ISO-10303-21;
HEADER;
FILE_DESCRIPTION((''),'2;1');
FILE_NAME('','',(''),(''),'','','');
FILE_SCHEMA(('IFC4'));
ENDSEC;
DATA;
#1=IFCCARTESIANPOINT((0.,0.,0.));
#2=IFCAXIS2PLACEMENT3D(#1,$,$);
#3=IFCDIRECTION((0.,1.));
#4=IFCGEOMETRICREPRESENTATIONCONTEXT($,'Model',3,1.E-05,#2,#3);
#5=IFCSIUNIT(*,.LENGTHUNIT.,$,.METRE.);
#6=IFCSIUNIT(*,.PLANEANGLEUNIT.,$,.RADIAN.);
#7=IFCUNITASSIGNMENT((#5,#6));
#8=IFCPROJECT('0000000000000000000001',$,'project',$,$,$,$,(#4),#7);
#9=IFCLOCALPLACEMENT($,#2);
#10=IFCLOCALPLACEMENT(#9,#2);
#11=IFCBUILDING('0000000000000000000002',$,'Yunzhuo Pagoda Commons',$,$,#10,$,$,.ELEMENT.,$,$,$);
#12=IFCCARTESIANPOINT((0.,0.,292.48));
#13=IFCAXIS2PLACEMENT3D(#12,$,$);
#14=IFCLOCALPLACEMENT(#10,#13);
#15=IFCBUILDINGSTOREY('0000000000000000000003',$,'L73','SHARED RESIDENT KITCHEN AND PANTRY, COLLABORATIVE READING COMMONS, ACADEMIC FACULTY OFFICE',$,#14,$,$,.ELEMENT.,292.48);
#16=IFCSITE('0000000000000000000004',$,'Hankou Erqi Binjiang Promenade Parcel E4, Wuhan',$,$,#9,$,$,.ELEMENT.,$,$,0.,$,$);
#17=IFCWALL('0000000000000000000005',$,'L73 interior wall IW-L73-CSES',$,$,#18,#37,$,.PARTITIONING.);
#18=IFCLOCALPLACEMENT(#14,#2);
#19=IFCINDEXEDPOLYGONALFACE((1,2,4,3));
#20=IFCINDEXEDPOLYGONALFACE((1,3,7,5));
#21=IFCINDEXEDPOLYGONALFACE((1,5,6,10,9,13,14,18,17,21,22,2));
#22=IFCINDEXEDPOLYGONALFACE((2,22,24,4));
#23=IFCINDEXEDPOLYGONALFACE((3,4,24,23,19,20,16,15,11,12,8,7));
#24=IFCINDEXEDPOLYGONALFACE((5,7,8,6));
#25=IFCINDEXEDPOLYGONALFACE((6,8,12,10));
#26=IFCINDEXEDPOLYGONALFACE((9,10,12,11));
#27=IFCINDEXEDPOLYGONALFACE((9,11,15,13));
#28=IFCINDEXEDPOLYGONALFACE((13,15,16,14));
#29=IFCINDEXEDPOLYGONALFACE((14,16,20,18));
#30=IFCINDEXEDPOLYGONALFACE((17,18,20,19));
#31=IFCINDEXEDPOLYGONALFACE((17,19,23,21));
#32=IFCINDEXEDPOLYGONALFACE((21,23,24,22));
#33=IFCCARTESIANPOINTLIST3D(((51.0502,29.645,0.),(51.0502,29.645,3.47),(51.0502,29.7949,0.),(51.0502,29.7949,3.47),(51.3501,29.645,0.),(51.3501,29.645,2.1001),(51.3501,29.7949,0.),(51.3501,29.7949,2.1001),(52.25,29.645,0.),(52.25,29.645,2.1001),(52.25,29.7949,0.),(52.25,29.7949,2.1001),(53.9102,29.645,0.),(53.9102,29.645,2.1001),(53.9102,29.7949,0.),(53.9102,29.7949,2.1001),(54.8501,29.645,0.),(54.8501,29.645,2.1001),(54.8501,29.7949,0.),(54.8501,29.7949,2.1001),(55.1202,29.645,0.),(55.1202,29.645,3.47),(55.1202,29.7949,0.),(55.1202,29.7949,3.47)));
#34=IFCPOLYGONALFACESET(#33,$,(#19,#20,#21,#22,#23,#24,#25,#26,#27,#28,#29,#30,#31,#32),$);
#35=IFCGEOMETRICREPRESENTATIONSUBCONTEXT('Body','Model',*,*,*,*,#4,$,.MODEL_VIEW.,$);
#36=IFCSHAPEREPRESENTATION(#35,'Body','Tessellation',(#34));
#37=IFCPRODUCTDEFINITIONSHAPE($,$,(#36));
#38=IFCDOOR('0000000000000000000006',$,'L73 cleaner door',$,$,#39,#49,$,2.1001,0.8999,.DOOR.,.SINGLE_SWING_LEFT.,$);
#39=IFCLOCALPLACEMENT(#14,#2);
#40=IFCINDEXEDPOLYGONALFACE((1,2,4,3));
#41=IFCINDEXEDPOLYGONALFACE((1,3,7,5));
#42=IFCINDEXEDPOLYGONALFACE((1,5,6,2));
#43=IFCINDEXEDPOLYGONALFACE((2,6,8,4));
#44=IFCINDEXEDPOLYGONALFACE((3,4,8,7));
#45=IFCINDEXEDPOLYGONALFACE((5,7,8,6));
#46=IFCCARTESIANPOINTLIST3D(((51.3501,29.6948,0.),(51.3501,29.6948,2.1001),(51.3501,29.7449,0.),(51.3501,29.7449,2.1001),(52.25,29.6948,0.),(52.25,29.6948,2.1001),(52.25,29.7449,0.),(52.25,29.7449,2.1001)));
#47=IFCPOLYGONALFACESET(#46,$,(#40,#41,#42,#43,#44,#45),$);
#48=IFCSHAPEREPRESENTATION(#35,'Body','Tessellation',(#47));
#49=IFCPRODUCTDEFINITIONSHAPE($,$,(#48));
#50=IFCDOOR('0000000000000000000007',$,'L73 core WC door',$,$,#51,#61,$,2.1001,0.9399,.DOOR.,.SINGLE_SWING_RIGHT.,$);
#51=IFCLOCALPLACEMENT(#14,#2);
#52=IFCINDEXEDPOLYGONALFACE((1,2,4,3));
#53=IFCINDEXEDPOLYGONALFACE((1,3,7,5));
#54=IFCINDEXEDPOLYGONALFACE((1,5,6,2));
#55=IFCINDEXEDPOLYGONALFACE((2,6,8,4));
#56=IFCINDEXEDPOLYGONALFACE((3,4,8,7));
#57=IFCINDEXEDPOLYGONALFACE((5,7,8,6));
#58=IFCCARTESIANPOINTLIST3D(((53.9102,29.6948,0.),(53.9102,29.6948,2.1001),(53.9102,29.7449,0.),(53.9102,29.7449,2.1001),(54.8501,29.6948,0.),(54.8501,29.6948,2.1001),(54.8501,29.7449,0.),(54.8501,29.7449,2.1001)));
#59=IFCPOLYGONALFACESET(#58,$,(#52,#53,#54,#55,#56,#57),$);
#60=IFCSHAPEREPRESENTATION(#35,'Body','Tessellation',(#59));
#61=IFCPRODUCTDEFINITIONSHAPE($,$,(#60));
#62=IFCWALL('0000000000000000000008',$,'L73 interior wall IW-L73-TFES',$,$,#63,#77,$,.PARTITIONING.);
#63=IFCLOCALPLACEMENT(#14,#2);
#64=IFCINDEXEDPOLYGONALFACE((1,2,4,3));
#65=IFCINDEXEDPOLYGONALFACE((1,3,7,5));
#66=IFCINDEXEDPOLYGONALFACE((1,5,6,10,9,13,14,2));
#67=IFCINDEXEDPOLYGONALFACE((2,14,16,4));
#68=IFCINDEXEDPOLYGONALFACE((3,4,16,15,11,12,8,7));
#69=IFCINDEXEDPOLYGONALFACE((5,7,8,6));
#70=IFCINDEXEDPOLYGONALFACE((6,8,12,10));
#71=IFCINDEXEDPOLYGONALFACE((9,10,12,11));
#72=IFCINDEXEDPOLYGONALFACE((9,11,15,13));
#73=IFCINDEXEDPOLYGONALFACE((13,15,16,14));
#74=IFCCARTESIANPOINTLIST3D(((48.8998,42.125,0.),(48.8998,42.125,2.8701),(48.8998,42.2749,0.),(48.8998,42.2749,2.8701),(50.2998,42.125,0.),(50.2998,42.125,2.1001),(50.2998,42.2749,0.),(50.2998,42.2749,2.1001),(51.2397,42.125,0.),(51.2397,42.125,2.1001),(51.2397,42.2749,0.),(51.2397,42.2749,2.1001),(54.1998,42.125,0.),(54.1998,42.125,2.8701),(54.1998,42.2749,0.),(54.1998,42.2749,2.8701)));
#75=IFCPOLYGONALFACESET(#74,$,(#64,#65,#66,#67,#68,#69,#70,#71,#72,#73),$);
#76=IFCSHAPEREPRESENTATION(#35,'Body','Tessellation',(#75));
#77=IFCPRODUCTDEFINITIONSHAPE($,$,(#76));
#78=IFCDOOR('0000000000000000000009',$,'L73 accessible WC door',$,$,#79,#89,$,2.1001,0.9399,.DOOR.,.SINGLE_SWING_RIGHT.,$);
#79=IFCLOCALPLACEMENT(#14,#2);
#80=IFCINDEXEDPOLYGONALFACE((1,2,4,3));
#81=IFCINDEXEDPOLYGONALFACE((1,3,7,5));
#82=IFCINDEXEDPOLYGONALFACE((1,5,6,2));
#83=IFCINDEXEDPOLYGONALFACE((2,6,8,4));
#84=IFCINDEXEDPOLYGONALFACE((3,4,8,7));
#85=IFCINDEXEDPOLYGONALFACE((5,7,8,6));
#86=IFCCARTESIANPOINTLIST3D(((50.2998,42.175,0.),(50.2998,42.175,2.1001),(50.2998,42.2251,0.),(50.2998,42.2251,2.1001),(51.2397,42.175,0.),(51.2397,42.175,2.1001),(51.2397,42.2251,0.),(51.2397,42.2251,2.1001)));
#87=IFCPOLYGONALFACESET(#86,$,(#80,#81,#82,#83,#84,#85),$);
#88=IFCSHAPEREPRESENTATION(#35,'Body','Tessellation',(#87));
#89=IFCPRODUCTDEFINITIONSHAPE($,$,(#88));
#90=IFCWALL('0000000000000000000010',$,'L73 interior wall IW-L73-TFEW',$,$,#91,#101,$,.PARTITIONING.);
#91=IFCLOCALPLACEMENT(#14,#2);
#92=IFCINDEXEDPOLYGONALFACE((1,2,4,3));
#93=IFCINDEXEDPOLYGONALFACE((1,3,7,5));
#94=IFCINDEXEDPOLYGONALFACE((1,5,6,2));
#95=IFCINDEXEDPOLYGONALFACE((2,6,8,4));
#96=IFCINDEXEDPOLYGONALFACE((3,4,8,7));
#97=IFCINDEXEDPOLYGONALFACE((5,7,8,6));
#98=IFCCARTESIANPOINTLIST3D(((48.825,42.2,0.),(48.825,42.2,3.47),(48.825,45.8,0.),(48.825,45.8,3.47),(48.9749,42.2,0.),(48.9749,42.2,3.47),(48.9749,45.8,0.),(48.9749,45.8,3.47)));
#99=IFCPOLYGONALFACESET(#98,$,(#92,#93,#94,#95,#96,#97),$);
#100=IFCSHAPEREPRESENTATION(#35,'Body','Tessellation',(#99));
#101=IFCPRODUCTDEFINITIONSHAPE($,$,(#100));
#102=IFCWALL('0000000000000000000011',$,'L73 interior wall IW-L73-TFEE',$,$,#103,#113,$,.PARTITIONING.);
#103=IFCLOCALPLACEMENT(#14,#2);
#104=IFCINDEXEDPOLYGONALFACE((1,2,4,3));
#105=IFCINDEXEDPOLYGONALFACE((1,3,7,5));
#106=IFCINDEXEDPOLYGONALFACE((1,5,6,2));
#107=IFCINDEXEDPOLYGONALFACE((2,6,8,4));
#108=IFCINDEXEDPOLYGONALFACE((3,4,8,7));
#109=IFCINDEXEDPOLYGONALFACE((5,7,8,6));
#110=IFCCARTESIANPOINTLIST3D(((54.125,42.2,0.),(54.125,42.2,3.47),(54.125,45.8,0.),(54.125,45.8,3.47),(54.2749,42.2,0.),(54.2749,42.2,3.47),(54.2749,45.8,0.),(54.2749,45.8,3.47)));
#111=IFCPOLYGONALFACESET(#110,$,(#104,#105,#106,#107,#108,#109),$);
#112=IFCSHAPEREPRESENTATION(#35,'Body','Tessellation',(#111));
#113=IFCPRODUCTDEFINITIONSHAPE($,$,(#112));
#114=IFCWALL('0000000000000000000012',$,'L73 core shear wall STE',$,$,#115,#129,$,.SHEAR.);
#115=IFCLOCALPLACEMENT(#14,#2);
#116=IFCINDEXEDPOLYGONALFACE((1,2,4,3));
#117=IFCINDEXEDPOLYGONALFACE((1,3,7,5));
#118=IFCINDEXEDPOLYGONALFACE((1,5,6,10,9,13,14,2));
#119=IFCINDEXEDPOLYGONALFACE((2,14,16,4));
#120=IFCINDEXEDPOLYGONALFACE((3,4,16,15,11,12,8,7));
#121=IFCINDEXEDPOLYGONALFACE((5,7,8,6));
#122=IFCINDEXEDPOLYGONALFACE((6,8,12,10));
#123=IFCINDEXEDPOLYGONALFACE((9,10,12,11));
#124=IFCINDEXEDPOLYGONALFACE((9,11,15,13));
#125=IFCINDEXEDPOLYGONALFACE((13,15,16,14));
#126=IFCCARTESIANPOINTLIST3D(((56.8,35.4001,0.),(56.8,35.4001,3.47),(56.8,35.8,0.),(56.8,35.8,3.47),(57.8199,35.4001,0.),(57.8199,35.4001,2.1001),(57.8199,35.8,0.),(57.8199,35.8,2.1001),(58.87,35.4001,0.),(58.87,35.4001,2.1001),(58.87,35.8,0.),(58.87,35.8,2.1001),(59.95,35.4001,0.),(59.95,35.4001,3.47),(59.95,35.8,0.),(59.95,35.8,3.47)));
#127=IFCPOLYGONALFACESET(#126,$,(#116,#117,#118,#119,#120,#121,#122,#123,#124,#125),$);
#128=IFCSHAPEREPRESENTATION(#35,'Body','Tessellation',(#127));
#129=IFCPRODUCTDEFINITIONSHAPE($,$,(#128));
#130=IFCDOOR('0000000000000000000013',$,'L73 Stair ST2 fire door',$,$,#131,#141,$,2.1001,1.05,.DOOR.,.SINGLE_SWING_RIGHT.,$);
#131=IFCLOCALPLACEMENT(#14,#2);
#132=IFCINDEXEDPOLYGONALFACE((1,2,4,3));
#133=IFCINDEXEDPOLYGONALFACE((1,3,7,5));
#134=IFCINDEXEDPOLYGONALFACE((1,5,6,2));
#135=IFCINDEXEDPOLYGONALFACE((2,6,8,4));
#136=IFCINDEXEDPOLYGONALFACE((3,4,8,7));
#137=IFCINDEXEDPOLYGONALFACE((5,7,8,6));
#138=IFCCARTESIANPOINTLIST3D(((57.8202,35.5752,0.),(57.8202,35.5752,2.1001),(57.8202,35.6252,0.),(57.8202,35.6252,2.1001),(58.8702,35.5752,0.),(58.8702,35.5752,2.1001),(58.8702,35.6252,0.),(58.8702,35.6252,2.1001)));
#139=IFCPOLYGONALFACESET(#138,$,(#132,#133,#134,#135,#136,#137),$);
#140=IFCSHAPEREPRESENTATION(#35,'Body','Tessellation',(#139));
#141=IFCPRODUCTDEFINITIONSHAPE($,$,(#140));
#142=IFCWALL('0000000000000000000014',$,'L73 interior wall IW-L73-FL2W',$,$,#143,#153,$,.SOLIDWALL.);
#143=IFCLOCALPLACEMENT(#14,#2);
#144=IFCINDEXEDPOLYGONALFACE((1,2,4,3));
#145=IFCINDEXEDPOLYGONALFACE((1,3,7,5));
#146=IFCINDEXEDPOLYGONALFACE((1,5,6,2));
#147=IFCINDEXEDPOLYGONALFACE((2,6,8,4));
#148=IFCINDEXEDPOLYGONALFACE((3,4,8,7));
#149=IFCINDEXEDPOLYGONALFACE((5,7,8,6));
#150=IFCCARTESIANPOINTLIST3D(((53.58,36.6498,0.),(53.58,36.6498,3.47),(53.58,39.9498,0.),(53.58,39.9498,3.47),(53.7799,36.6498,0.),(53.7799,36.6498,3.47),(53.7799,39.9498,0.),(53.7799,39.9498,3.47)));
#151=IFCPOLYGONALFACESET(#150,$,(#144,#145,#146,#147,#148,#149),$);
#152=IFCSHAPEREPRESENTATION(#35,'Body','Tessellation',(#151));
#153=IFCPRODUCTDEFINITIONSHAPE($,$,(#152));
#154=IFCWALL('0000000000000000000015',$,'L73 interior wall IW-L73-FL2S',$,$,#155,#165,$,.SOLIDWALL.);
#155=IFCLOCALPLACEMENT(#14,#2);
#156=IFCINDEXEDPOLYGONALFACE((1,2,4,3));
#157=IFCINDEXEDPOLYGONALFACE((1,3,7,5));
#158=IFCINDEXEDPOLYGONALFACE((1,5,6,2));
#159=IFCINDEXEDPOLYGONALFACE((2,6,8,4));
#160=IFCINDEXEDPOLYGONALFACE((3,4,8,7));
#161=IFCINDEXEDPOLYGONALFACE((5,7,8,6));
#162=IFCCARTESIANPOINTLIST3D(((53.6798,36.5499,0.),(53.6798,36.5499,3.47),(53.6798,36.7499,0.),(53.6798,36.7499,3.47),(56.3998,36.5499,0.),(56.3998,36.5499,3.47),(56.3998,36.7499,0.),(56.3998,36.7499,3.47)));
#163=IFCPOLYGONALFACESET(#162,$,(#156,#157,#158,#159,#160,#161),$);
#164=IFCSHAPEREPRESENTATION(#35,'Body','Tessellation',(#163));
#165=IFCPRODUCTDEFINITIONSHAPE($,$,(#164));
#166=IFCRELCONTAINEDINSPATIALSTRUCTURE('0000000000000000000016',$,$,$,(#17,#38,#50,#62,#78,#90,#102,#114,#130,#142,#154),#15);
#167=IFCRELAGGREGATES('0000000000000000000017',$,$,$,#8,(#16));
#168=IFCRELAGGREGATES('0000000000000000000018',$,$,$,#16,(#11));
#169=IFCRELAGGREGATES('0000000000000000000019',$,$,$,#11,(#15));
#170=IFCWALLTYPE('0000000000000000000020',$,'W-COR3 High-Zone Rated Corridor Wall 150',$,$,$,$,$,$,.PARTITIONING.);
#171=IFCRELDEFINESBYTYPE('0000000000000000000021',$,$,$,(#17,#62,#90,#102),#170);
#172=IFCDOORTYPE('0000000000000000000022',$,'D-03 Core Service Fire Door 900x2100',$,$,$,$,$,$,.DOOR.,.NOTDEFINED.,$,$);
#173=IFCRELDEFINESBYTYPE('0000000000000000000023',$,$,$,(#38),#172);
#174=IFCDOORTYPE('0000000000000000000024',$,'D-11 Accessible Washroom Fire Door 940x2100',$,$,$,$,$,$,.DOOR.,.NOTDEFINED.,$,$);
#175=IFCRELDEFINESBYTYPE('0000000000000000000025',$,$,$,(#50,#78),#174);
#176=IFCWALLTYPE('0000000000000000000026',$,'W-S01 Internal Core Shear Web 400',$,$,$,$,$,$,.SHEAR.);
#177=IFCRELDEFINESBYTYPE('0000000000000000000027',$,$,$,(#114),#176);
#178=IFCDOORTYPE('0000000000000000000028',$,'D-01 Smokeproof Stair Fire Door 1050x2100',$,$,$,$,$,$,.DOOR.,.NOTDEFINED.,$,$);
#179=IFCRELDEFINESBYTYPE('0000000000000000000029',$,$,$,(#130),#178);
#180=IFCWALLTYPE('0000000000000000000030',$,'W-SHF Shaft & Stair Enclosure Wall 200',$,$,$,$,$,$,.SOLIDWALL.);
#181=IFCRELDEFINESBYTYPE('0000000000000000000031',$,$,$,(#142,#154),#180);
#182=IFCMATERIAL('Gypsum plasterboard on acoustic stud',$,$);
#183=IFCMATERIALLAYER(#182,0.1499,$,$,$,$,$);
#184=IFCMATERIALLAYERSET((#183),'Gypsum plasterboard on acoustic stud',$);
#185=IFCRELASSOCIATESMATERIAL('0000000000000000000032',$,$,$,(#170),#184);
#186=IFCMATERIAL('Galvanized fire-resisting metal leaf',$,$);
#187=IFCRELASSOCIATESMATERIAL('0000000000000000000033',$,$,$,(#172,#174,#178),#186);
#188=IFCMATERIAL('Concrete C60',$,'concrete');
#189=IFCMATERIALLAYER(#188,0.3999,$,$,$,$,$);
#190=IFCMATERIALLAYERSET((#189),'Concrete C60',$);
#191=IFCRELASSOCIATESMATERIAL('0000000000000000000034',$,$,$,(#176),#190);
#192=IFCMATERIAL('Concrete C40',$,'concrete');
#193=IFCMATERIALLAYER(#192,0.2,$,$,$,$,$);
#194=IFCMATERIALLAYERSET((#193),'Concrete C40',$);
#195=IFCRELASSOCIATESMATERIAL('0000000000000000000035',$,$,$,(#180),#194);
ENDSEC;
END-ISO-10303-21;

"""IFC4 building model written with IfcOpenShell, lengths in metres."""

from ifc_helpers import new_model, si_unit, direction, frame, frame_2d, origin, origin_with_axes, place, context, subcontext, project, spatial, rectangle, extrude, source, transform, mapped, material, layer, layer_set, type_object, element, fill, save


model = new_model("IFC4")

# Units and contexts
model_context = context("Model", 3, precision=1e-05, world=origin(), true_north=direction((0.0, 1.0)))
body_context = subcontext(model_context, "Body", "Model", "MODEL_VIEW")
ifc_project = project(units=[si_unit("LENGTHUNIT", "METRE"), si_unit("PLANEANGLEUNIT", "RADIAN")], contexts=[model_context])

# Site, building, storey
site_placement = place(None, origin())
site = spatial("IfcSite", under=ifc_project, at=site_placement, Name="Hankou Erqi Binjiang Promenade Parcel E4, Wuhan", CompositionType="ELEMENT", RefElevation=0.0)
building_placement = place(site_placement, origin())
building = spatial("IfcBuilding", under=site, at=building_placement, Name="Yunzhuo Pagoda Commons", CompositionType="ELEMENT")
storey_placement = place(building_placement, frame((0.0, 0.0, 292.48)))
storey = spatial("IfcBuildingStorey", under=building, at=storey_placement, Name="L73", Description="SHARED RESIDENT KITCHEN AND PANTRY, COLLABORATIVE READING COMMONS, ACADEMIC FACULTY OFFICE", CompositionType="ELEMENT", Elevation=292.48)

# Shared definitions
ifc_material_1 = material(Name="Galvanized fire-resisting metal leaf")
shared_shape_1 = source(origin(), body_context, "Body", "SweptSolid", [
    extrude(rectangle(XDim=1.05, YDim=2.1001, at=frame_2d((0.5249, 1.05))), frame((0.0, 0.0249, 0.0), z_axis=(0.0, -1.0, 0.0), x_axis=(1.0, 0.0, 0.0)), (0.0, 0.0, 1.0), 0.05),
])

# Shared definitions
ifc_material_2 = material(Name="Gypsum plasterboard on acoustic stud")
ifc_layer_1 = layer(ifc_material_2, 0.1499)
ifc_layer_set_1 = layer_set([ifc_layer_1], Name="Gypsum plasterboard on acoustic stud")
wall_type_1 = type_object("IfcWallType", Name="W-COR3 High-Zone Rated Corridor Wall 150", PredefinedType="PARTITIONING", material=ifc_layer_set_1)

# Wall, openings, doors
wall_1_placement = place(storey_placement, frame((51.05, 29.72, 0.0), z_axis=(0.0, 0.0, 1.0), x_axis=(1.0, 0.0, 0.0)))
wall_1 = element("IfcWall", 1, at=wall_1_placement, inside=storey, type_object=wall_type_1, Name="L73 interior wall IW-L73-CSES", PredefinedType="PARTITIONING", context=body_context, shape_type="SweptSolid", body=[
    extrude(rectangle(XDim=4.0701, YDim=0.1499, at=frame_2d((2.0352, 0.0))), origin(), (0.0, 0.0, 1.0), 3.47),
])
opening_1_placement = place(wall_1_placement, frame((0.3, 0.0, 0.0)))
opening_1 = element("IfcOpeningElement", 2, at=opening_1_placement, cuts=wall_1, PredefinedType="OPENING", context=body_context, shape_type="SweptSolid", body=[
    extrude(rectangle(XDim=0.8999, YDim=2.1001, at=frame_2d((0.45, 1.05))), frame((0.0, 0.085, 0.0), z_axis=(0.0, -1.0, 0.0), x_axis=(1.0, 0.0, 0.0)), (0.0, 0.0, 1.0), 0.1699),
])
opening_2_placement = place(wall_1_placement, frame((2.8601, 0.0, 0.0)))
opening_2 = element("IfcOpeningElement", 3, at=opening_2_placement, cuts=wall_1, PredefinedType="OPENING", context=body_context, shape_type="SweptSolid", body=[
    extrude(rectangle(XDim=0.9399, YDim=2.1001, at=frame_2d((0.47, 1.05))), frame((0.0, 0.085, 0.0), z_axis=(0.0, -1.0, 0.0), x_axis=(1.0, 0.0, 0.0)), (0.0, 0.0, 1.0), 0.1699),
])
door_type_1 = type_object("IfcDoorType", Name="D-03 Core Service Fire Door 900x2100", OperationType="NOTDEFINED", PredefinedType="DOOR", material=ifc_material_1)
shared_shape_2 = source(origin(), body_context, "Body", "SweptSolid", [
    extrude(rectangle(XDim=0.8999, YDim=2.1001, at=frame_2d((0.45, 1.05))), frame((0.0, 0.0249, 0.0), z_axis=(0.0, -1.0, 0.0), x_axis=(1.0, 0.0, 0.0)), (0.0, 0.0, 1.0), 0.05),
])
door_1_placement = place(opening_1_placement, origin_with_axes())
door_1 = element("IfcDoor", 4, at=door_1_placement, inside=storey, type_object=door_type_1, Name="L73 cleaner door", OperationType="SINGLE_SWING_LEFT", OverallHeight=2.1001, OverallWidth=0.8999, PredefinedType="DOOR", context=body_context, shape_type="MappedRepresentation", body=[
    mapped(shared_shape_2, transform((0.0, 0.0, 0.0), scale=1.0)),
])
fill(opening_1, door_1)
door_type_2 = type_object("IfcDoorType", Name="D-11 Accessible Washroom Fire Door 940x2100", OperationType="NOTDEFINED", PredefinedType="DOOR", material=ifc_material_1)
shared_shape_3 = source(origin(), body_context, "Body", "SweptSolid", [
    extrude(rectangle(XDim=0.9399, YDim=2.1001, at=frame_2d((0.47, 1.05))), frame((0.0, 0.0249, 0.0), z_axis=(0.0, -1.0, 0.0), x_axis=(1.0, 0.0, 0.0)), (0.0, 0.0, 1.0), 0.05),
])
door_2_placement = place(opening_2_placement, origin_with_axes())
door_2 = element("IfcDoor", 5, at=door_2_placement, inside=storey, type_object=door_type_2, Name="L73 core WC door", OperationType="SINGLE_SWING_RIGHT", OverallHeight=2.1001, OverallWidth=0.9399, PredefinedType="DOOR", context=body_context, shape_type="MappedRepresentation", body=[
    mapped(shared_shape_3, transform((0.0, 0.0, 0.0), scale=1.0)),
])
fill(opening_2, door_2)

# Wall, opening, door
wall_2_placement = place(storey_placement, frame((48.8999, 42.2, 0.0), z_axis=(0.0, 0.0, 1.0), x_axis=(1.0, 0.0, 0.0)))
wall_2 = element("IfcWall", 6, at=wall_2_placement, inside=storey, type_object=wall_type_1, Name="L73 interior wall IW-L73-TFES", PredefinedType="PARTITIONING", context=body_context, shape_type="SweptSolid", body=[
    extrude(rectangle(XDim=5.3, YDim=0.1499, at=frame_2d((2.6499, 0.0))), origin(), (0.0, 0.0, 1.0), 2.8701),
])
opening_3_placement = place(wall_2_placement, frame((1.3999, 0.0, 0.0)))
opening_3 = element("IfcOpeningElement", 7, at=opening_3_placement, cuts=wall_2, PredefinedType="OPENING", context=body_context, shape_type="SweptSolid", body=[
    extrude(rectangle(XDim=0.9399, YDim=2.1001, at=frame_2d((0.47, 1.05))), frame((0.0, 0.085, 0.0), z_axis=(0.0, -1.0, 0.0), x_axis=(1.0, 0.0, 0.0)), (0.0, 0.0, 1.0), 0.1699),
])
door_3_placement = place(opening_3_placement, frame((0.9399, 0.0, 0.0), z_axis=(0.0, 0.0, 1.0), x_axis=(-1.0, 0.0, 0.0)))
door_3 = element("IfcDoor", 8, at=door_3_placement, inside=storey, type_object=door_type_2, Name="L73 accessible WC door", OperationType="SINGLE_SWING_RIGHT", OverallHeight=2.1001, OverallWidth=0.9399, PredefinedType="DOOR", context=body_context, shape_type="MappedRepresentation", body=[
    mapped(shared_shape_3, transform((0.0, 0.0, 0.0), scale=1.0)),
])
fill(opening_3, door_3)

# Walls
for number, where, z_axis, x_axis, name in (
    (9, (48.8999, 42.2, 0.0), (0.0, 0.0, 1.0), (0.0, 1.0, 0.0), "L73 interior wall IW-L73-TFEW"),
    (10, (54.2, 42.2, 0.0), (0.0, 0.0, 1.0), (0.0, 1.0, 0.0), "L73 interior wall IW-L73-TFEE"),
):
    element("IfcWall", number, at=place(storey_placement, frame(where, z_axis=z_axis, x_axis=x_axis)), inside=storey, type_object=wall_type_1, Name=name, PredefinedType="PARTITIONING", context=body_context, shape_type="SweptSolid", body=[
        extrude(rectangle(XDim=3.6001, YDim=0.1499, at=frame_2d((1.8, 0.0))), origin(), (0.0, 0.0, 1.0), 3.47),
    ])

# Wall, opening, door
ifc_material_3 = material(Name="Concrete C60", Category="concrete")
ifc_layer_2 = layer(ifc_material_3, 0.3999)
ifc_layer_set_2 = layer_set([ifc_layer_2], Name="Concrete C60")
wall_type_2 = type_object("IfcWallType", Name="W-S01 Internal Core Shear Web 400", PredefinedType="SHEAR", material=ifc_layer_set_2)
wall_3_placement = place(storey_placement, frame((56.8, 35.6001, 0.0), z_axis=(0.0, 0.0, 1.0), x_axis=(1.0, 0.0, 0.0)))
wall_3 = element("IfcWall", 11, at=wall_3_placement, inside=storey, type_object=wall_type_2, Name="L73 core shear wall STE", PredefinedType="SHEAR", context=body_context, shape_type="SweptSolid", body=[
    extrude(rectangle(XDim=3.1499, YDim=0.3999, at=frame_2d((1.575, 0.0))), origin(), (0.0, 0.0, 1.0), 3.47),
])
opening_4_placement = place(wall_3_placement, frame((1.02, 0.0, 0.0)))
opening_4 = element("IfcOpeningElement", 12, at=opening_4_placement, cuts=wall_3, PredefinedType="OPENING", context=body_context, shape_type="SweptSolid", body=[
    extrude(rectangle(XDim=1.05, YDim=2.1001, at=frame_2d((0.5249, 1.05))), frame((0.0, 0.21, 0.0), z_axis=(0.0, -1.0, 0.0), x_axis=(1.0, 0.0, 0.0)), (0.0, 0.0, 1.0), 0.4199),
])
door_type_3 = type_object("IfcDoorType", Name="D-01 Smokeproof Stair Fire Door 1050x2100", OperationType="NOTDEFINED", PredefinedType="DOOR", material=ifc_material_1)
door_4_placement = place(opening_4_placement, frame((1.05, 0.0, 0.0), z_axis=(0.0, 0.0, 1.0), x_axis=(-1.0, 0.0, 0.0)))
door_4 = element("IfcDoor", 13, at=door_4_placement, inside=storey, type_object=door_type_3, Name="L73 Stair ST2 fire door", OperationType="SINGLE_SWING_RIGHT", OverallHeight=2.1001, OverallWidth=1.05, PredefinedType="DOOR", context=body_context, shape_type="MappedRepresentation", body=[
    mapped(shared_shape_1, transform((0.0, 0.0, 0.0), scale=1.0)),
])
fill(opening_4, door_4)

# Walls
ifc_material_4 = material(Name="Concrete C40", Category="concrete")
ifc_layer_3 = layer(ifc_material_4, 0.2)
ifc_layer_set_3 = layer_set([ifc_layer_3], Name="Concrete C40")
wall_type_3 = type_object("IfcWallType", Name="W-SHF Shaft & Stair Enclosure Wall 200", PredefinedType="SOLIDWALL", material=ifc_layer_set_3)
wall_4_placement = place(storey_placement, frame((53.6799, 36.6499, 0.0), z_axis=(0.0, 0.0, 1.0), x_axis=(0.0, 1.0, 0.0)))
element("IfcWall", 14, at=wall_4_placement, inside=storey, type_object=wall_type_3, Name="L73 interior wall IW-L73-FL2W", PredefinedType="SOLIDWALL", context=body_context, shape_type="SweptSolid", body=[
    extrude(rectangle(XDim=3.3, YDim=0.2, at=frame_2d((1.6499, 0.0))), origin(), (0.0, 0.0, 1.0), 3.47),
])
wall_5_placement = place(storey_placement, frame((53.6799, 36.6499, 0.0), z_axis=(0.0, 0.0, 1.0), x_axis=(1.0, 0.0, 0.0)))
element("IfcWall", 15, at=wall_5_placement, inside=storey, type_object=wall_type_3, Name="L73 interior wall IW-L73-FL2S", PredefinedType="SOLIDWALL", context=body_context, shape_type="SweptSolid", body=[
    extrude(rectangle(XDim=2.72, YDim=0.2, at=frame_2d((1.3599, 0.0))), origin(), (0.0, 0.0, 1.0), 3.47),
])

save(model, "model.ifc")
